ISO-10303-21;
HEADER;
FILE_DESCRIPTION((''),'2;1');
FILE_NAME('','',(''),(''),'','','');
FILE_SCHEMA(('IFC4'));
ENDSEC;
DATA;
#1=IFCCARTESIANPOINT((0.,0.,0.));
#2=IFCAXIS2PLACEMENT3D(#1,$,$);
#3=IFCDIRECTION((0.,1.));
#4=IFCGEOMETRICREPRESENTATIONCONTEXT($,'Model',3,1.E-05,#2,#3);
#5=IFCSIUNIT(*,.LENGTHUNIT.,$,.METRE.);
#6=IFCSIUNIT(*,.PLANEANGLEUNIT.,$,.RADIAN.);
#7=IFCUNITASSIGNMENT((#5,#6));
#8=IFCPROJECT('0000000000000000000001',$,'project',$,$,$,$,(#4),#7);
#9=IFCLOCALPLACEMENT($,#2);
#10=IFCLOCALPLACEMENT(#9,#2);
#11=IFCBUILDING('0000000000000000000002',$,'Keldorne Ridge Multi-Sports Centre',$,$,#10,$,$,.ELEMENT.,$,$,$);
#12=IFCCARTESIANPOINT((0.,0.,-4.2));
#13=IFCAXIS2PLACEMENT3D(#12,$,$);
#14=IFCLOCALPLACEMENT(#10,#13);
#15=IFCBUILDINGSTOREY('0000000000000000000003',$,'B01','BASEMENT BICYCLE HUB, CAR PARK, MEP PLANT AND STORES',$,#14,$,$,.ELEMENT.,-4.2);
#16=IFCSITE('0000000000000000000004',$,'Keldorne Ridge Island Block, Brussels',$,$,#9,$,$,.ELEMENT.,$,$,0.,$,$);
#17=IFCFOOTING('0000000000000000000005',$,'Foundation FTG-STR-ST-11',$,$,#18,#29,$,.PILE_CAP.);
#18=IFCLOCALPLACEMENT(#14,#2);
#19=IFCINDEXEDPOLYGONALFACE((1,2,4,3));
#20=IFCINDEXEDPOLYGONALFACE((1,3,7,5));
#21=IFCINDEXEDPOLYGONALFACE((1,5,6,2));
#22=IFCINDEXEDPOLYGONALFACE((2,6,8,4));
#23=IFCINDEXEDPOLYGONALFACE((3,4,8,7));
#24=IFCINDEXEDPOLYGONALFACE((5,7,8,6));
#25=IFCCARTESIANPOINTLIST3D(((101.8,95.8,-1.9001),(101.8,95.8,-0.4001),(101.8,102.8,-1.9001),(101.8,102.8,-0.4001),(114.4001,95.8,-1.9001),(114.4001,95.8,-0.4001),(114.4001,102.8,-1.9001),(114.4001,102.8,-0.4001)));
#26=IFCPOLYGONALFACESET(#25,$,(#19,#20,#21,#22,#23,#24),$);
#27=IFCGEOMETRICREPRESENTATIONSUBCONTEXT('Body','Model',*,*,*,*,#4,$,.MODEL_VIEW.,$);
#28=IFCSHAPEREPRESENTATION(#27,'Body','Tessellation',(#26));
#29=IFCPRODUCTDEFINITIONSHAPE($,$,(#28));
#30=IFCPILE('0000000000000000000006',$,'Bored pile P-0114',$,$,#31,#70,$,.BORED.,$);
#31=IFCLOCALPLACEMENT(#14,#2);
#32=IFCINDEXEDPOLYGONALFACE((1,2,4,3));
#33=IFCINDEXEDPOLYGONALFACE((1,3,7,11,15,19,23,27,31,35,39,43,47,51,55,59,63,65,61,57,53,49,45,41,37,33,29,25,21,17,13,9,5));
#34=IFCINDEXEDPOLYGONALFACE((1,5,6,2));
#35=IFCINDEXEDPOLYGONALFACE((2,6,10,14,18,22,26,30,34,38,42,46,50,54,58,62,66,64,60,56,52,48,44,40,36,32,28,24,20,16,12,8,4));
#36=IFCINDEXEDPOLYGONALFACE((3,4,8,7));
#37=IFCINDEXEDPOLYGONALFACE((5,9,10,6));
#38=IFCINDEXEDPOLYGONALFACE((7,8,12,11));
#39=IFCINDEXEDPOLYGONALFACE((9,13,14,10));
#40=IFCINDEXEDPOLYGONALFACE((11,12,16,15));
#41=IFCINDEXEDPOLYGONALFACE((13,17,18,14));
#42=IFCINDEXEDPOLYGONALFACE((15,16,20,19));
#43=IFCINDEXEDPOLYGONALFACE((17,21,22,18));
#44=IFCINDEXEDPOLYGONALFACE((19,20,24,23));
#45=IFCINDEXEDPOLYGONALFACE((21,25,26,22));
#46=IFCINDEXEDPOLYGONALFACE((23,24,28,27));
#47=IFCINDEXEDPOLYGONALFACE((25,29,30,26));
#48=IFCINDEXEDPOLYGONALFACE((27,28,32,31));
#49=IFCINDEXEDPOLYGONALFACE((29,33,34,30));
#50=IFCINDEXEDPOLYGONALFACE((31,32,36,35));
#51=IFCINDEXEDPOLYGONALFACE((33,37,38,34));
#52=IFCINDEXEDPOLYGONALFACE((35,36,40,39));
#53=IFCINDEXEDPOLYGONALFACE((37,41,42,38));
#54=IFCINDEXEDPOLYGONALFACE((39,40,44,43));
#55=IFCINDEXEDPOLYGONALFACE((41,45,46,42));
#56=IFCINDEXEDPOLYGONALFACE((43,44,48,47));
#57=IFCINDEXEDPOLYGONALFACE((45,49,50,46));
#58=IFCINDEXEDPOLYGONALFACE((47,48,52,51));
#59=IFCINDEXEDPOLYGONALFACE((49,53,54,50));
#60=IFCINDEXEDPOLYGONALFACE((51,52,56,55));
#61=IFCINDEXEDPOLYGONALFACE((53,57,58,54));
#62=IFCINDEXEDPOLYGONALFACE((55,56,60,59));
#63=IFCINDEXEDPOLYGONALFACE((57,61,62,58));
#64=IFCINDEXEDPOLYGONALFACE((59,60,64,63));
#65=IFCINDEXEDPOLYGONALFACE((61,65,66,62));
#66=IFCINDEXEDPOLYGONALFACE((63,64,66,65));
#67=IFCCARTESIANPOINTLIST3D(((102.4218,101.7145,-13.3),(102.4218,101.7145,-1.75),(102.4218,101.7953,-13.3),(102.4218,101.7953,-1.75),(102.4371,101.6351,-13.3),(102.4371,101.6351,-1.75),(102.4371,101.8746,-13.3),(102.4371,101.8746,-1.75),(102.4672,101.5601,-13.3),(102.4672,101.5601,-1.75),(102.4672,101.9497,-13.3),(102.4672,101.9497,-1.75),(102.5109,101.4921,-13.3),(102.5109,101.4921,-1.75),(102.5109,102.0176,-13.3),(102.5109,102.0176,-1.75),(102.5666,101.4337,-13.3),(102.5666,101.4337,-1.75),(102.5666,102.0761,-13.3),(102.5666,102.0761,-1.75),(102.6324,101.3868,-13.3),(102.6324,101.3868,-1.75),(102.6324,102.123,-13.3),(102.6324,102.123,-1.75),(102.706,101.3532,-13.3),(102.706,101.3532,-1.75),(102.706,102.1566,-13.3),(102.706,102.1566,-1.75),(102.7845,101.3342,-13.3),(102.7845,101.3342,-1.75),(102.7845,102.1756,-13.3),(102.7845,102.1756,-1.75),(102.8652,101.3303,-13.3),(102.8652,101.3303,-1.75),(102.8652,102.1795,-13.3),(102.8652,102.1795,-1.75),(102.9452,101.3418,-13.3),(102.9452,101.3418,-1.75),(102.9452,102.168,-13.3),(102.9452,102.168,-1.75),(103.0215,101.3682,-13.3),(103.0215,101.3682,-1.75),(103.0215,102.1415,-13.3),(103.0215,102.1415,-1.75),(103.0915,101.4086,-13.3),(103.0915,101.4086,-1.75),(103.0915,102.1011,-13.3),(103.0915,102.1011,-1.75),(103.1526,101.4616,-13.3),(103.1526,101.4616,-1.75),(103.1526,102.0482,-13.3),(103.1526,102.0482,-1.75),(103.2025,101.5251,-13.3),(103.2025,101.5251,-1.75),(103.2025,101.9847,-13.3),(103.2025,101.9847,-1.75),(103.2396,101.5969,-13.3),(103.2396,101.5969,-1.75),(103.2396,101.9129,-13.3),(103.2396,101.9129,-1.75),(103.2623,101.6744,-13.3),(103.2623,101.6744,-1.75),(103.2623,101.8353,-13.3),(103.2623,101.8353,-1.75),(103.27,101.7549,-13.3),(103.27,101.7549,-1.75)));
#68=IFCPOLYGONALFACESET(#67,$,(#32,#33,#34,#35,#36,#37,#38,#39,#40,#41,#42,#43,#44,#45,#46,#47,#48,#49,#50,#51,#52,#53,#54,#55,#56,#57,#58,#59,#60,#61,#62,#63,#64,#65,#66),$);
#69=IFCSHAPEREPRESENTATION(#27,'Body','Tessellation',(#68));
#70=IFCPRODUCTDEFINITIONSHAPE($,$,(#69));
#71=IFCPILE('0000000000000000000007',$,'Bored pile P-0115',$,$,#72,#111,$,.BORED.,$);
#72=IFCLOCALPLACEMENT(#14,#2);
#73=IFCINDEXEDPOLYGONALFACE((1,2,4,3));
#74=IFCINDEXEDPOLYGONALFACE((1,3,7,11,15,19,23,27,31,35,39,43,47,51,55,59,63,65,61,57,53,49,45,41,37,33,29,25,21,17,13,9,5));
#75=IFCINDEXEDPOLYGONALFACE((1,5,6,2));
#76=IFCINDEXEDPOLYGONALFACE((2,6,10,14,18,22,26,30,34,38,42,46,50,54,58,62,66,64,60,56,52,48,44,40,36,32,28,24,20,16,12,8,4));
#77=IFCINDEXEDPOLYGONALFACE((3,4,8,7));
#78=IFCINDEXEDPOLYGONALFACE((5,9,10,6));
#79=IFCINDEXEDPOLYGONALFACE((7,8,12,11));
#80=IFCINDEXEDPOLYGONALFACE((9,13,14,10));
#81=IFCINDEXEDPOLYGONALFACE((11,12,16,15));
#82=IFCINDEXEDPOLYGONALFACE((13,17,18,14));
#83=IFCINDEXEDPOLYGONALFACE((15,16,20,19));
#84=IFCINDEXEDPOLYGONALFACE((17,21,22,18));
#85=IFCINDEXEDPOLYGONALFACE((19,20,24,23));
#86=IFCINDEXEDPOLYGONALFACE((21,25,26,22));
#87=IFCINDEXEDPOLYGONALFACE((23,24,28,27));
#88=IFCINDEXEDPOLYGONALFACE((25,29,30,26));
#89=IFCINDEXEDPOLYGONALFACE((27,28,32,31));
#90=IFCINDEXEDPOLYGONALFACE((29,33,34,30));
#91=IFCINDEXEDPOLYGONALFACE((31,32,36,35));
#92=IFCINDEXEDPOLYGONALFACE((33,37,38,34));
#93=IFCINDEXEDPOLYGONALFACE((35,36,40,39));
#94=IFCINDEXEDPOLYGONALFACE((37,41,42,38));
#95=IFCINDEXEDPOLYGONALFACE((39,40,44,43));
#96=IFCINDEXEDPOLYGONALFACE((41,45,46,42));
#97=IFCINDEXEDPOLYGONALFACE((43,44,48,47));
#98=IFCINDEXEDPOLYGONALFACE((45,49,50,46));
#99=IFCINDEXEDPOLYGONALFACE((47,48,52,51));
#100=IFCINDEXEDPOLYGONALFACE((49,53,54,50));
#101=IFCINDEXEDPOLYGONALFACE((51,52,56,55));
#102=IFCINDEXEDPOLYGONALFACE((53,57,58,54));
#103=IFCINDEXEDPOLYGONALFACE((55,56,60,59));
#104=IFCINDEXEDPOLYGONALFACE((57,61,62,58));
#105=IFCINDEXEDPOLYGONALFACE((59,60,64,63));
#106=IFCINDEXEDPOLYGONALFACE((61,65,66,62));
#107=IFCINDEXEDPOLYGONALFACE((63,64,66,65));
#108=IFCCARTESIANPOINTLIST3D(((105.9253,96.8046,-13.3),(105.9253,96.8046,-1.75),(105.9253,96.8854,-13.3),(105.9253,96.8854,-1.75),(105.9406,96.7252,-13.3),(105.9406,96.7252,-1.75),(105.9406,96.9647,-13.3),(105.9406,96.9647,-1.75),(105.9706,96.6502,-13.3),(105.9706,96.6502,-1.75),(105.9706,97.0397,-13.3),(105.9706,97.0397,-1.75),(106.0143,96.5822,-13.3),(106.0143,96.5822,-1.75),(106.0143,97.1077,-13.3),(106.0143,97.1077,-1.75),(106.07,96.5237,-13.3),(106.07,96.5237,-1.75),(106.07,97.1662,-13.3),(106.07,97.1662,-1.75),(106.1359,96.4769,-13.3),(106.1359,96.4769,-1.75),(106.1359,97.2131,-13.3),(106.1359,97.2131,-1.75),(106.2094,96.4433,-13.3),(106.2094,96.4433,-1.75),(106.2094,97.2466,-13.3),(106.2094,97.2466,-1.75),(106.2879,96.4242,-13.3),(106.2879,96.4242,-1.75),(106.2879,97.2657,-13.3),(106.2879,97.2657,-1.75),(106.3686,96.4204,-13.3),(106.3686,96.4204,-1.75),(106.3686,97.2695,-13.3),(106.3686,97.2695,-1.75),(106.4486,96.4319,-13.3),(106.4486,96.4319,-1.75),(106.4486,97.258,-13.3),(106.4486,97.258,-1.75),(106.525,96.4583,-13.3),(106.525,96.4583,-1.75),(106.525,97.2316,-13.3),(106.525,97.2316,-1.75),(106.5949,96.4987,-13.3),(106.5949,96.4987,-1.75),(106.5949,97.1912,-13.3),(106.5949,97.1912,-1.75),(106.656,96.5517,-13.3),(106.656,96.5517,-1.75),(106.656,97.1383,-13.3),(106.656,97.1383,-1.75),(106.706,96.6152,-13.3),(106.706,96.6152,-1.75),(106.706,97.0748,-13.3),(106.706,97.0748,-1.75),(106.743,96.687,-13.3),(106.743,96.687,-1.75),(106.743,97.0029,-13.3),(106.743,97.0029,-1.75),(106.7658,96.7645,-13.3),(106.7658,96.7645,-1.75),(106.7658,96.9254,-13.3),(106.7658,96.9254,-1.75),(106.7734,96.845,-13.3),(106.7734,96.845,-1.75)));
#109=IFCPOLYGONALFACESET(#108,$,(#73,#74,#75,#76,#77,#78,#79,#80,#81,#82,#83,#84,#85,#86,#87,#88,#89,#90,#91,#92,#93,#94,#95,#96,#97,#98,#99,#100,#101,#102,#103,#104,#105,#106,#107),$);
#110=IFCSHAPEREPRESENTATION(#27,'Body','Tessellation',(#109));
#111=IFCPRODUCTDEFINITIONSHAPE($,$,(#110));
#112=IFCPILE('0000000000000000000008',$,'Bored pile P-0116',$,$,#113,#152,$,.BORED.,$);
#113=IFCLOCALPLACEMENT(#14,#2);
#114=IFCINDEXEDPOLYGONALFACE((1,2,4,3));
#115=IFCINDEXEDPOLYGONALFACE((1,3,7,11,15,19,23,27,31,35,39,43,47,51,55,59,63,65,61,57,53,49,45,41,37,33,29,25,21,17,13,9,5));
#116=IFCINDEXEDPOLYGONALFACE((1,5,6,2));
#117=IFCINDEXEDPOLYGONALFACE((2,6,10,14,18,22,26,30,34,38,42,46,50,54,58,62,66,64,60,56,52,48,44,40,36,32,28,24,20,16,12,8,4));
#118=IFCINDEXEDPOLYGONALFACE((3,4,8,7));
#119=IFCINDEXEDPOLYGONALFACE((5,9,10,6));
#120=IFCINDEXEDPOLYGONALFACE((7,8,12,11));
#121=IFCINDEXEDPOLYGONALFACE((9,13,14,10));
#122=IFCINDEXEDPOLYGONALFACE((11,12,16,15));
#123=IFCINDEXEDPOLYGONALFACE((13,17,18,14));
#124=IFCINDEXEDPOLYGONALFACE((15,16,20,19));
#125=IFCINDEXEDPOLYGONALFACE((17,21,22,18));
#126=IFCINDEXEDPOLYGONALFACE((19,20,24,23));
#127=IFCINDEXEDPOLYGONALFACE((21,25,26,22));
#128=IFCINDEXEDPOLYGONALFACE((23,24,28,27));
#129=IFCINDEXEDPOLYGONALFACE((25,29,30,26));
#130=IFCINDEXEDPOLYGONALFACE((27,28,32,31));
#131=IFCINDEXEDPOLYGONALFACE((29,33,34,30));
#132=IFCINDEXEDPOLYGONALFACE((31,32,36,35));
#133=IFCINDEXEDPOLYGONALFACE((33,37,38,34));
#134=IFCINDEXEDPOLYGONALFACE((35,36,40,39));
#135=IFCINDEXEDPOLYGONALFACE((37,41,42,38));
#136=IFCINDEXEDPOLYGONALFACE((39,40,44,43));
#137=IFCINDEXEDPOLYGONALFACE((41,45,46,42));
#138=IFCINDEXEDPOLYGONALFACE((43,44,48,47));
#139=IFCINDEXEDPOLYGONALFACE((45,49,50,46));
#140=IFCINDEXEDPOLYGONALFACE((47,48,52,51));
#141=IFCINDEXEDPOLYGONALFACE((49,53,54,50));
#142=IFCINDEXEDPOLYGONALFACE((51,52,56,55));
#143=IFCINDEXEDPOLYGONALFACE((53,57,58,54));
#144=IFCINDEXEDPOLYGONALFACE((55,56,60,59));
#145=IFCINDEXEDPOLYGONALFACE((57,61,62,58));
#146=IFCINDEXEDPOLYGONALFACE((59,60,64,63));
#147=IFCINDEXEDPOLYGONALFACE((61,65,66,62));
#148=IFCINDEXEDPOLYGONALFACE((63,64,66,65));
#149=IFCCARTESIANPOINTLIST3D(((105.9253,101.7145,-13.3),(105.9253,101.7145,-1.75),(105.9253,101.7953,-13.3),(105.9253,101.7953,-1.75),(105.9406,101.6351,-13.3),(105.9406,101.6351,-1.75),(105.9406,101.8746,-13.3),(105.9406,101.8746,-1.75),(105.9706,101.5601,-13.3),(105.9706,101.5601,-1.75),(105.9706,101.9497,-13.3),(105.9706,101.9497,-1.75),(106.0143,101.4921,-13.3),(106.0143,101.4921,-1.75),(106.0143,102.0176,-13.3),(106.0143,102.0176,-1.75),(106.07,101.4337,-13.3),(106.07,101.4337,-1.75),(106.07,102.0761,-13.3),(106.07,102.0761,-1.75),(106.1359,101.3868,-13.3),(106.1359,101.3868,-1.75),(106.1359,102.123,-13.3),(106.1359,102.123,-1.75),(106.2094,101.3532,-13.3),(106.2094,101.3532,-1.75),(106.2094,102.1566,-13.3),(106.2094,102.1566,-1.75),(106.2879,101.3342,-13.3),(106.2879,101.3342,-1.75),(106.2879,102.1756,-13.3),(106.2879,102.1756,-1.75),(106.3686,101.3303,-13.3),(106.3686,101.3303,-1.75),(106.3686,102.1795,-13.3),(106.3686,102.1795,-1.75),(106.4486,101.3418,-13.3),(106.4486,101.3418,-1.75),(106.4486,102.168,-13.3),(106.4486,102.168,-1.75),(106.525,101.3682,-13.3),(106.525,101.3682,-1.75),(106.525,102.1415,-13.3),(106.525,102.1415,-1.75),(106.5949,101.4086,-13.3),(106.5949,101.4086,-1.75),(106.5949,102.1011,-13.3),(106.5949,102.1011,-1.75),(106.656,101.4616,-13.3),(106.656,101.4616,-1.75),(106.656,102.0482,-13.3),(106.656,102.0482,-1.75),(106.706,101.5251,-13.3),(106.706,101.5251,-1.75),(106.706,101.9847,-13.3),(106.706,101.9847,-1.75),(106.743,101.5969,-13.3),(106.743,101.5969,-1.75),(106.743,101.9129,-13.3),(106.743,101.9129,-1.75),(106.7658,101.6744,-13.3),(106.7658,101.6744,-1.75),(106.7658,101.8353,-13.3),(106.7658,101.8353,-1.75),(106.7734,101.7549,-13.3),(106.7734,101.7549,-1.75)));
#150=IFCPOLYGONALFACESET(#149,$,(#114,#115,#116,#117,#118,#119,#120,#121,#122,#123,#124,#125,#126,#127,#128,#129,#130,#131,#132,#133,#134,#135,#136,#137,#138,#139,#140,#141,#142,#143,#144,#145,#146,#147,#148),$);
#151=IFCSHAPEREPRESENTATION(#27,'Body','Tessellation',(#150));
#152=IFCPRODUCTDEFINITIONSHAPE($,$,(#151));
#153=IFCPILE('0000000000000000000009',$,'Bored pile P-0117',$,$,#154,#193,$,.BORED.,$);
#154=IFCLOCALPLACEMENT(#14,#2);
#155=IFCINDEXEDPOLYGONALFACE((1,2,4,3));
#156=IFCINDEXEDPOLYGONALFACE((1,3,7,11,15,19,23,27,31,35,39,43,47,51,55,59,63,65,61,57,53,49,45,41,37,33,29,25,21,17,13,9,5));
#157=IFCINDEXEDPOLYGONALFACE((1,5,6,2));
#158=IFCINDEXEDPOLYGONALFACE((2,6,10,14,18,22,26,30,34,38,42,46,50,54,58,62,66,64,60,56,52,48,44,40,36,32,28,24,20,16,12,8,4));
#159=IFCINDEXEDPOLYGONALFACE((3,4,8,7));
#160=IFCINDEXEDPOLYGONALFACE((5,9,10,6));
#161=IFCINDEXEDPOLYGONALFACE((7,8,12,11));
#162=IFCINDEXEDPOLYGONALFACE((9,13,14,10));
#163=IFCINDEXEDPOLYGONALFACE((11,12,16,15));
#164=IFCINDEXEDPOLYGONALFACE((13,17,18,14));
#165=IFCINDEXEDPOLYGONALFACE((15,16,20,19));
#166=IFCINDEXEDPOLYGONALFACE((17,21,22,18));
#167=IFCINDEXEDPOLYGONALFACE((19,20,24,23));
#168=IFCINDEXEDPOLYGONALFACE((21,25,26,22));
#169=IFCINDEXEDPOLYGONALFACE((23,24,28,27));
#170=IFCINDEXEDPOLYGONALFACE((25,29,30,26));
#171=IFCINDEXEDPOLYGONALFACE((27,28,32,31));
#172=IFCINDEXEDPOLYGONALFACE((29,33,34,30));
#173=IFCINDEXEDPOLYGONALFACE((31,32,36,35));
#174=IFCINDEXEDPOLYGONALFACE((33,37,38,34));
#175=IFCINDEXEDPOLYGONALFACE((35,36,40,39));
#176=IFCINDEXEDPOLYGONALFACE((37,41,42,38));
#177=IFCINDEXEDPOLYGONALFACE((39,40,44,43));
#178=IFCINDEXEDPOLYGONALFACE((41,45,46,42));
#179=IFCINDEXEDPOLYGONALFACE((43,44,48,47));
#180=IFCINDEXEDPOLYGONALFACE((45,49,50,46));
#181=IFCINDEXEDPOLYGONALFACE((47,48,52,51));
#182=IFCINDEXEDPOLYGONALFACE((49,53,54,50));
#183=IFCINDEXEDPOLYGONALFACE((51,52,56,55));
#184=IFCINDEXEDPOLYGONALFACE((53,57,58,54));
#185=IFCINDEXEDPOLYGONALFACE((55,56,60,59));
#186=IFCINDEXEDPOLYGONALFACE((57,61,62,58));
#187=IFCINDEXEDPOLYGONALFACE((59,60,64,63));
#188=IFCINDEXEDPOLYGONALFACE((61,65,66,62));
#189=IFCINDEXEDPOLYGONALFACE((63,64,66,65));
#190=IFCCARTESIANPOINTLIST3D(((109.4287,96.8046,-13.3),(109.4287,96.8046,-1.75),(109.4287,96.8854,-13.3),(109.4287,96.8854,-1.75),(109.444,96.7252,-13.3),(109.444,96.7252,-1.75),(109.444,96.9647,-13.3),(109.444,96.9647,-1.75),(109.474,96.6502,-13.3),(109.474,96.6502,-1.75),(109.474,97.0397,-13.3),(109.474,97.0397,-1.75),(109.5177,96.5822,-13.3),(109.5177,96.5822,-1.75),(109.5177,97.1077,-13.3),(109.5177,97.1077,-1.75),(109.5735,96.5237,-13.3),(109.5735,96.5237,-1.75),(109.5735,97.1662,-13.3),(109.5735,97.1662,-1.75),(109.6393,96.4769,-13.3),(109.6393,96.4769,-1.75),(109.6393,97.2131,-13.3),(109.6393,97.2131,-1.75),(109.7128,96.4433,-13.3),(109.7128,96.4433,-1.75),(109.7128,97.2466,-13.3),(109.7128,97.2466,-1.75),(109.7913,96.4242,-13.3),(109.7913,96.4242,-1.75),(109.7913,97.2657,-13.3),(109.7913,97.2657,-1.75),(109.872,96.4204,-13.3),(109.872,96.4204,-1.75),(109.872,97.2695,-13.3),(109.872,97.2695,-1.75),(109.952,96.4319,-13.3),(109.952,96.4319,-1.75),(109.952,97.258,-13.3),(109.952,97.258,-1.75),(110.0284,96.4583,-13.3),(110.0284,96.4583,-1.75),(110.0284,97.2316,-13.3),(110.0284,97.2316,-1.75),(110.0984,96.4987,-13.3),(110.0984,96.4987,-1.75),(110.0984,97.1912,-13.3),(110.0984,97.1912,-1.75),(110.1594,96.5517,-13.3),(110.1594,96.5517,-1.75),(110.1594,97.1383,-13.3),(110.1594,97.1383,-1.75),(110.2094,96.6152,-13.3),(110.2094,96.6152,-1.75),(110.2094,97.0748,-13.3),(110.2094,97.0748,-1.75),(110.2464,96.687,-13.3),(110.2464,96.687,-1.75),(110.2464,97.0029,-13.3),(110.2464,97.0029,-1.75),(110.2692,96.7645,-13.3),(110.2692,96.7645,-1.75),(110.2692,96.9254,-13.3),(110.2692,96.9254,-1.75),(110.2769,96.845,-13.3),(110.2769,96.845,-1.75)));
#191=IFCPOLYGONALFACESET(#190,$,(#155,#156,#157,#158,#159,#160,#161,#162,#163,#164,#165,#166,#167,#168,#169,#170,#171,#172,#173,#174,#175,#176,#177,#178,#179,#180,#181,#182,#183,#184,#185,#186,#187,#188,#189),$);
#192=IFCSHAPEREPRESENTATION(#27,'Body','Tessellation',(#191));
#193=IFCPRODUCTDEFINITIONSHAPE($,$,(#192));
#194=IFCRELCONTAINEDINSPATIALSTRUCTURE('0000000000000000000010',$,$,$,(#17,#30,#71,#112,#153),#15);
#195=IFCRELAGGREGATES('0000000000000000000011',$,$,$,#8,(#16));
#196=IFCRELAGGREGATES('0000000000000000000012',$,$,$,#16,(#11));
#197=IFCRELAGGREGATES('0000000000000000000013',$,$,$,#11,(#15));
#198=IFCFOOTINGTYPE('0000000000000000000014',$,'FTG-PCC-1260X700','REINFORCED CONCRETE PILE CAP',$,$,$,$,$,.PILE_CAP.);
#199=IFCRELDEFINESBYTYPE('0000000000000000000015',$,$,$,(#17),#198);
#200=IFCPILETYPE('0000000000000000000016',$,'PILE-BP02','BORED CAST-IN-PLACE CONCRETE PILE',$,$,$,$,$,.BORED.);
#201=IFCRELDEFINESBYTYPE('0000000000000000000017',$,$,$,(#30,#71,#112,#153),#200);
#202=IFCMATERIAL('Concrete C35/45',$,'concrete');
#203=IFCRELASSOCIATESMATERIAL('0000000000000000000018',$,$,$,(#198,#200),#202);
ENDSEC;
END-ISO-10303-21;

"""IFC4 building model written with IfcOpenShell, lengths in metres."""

from ifc_helpers import new_model, si_unit, direction, frame, origin, origin_2d, place, context, subcontext, project, spatial, rectangle, circle, extrude, material, material_profile, profile_set, type_object, element, save


model = new_model("IFC4")

# Units and contexts
model_context = context("Model", 3, precision=1e-05, world=origin(), true_north=direction((0.0, 1.0)))
body_context = subcontext(model_context, "Body", "Model", "MODEL_VIEW")
ifc_project = project(units=[si_unit("LENGTHUNIT", "METRE"), si_unit("PLANEANGLEUNIT", "RADIAN")], contexts=[model_context])

# Site, building, storey
site_placement = place(None, origin())
site = spatial("IfcSite", under=ifc_project, at=site_placement, Name="Keldorne Ridge Island Block, Brussels", CompositionType="ELEMENT", RefElevation=0.0)
building_placement = place(site_placement, origin())
building = spatial("IfcBuilding", under=site, at=building_placement, Name="Keldorne Ridge Multi-Sports Centre", CompositionType="ELEMENT")
storey_placement = place(building_placement, frame((0.0, 0.0, -4.2)))
storey = spatial("IfcBuildingStorey", under=building, at=storey_placement, Name="B01", Description="BASEMENT BICYCLE HUB, CAR PARK, MEP PLANT AND STORES", CompositionType="ELEMENT", Elevation=-4.2)

# Footing
ifc_material_1 = material(Name="Concrete C35/45", Category="concrete")
footing_type = type_object("IfcFootingType", Name="FTG-PCC-1260X700", Description="REINFORCED CONCRETE PILE CAP", PredefinedType="PILE_CAP", material=ifc_material_1)
footing_placement = place(storey_placement, frame((108.1001, 99.3, -1.9001), z_axis=(0.0, 0.0, 1.0), x_axis=(1.0, 0.0, 0.0)))
element("IfcFooting", 1, at=footing_placement, inside=storey, type_object=footing_type, Name="Foundation FTG-STR-ST-11", PredefinedType="PILE_CAP", context=body_context, shape_type="SweptSolid", body=[
    extrude(rectangle(XDim=12.6001, YDim=7.0, at=origin_2d()), origin(), (0.0, 0.0, 1.0), 1.5),
])

# Piles
ifc_material_profile_1 = material_profile(ifc_material_1, circle(Radius=0.425, at=origin_2d()), Name="BORED PILE D850")
ifc_profile_set_1 = profile_set([ifc_material_profile_1], Name="Concrete C35/45")
pile_type_1 = type_object("IfcPileType", Name="PILE-BP02", Description="BORED CAST-IN-PLACE CONCRETE PILE", PredefinedType="BORED", material=ifc_profile_set_1)
for number, where, z_axis, x_axis, name in (
    (2, (102.845, 101.7549, -1.75), (0.0, 0.0, -1.0), (1.0, 0.0, 0.0), "Bored pile P-0114"),
    (3, (106.3484, 96.845, -1.75), (0.0, 0.0, -1.0), (1.0, 0.0, 0.0), "Bored pile P-0115"),
    (4, (106.3484, 101.7549, -1.75), (0.0, 0.0, -1.0), (1.0, 0.0, 0.0), "Bored pile P-0116"),
    (5, (109.8518, 96.845, -1.75), (0.0, 0.0, -1.0), (1.0, 0.0, 0.0), "Bored pile P-0117"),
):
    element("IfcPile", number, at=place(storey_placement, frame(where, z_axis=z_axis, x_axis=x_axis)), inside=storey, type_object=pile_type_1, Name=name, PredefinedType="BORED", context=body_context, shape_type="SweptSolid", body=[
        extrude(circle(Radius=0.425, at=origin_2d()), origin(), (0.0, 0.0, 1.0), 11.55),
    ])

save(model, "model.ifc")
